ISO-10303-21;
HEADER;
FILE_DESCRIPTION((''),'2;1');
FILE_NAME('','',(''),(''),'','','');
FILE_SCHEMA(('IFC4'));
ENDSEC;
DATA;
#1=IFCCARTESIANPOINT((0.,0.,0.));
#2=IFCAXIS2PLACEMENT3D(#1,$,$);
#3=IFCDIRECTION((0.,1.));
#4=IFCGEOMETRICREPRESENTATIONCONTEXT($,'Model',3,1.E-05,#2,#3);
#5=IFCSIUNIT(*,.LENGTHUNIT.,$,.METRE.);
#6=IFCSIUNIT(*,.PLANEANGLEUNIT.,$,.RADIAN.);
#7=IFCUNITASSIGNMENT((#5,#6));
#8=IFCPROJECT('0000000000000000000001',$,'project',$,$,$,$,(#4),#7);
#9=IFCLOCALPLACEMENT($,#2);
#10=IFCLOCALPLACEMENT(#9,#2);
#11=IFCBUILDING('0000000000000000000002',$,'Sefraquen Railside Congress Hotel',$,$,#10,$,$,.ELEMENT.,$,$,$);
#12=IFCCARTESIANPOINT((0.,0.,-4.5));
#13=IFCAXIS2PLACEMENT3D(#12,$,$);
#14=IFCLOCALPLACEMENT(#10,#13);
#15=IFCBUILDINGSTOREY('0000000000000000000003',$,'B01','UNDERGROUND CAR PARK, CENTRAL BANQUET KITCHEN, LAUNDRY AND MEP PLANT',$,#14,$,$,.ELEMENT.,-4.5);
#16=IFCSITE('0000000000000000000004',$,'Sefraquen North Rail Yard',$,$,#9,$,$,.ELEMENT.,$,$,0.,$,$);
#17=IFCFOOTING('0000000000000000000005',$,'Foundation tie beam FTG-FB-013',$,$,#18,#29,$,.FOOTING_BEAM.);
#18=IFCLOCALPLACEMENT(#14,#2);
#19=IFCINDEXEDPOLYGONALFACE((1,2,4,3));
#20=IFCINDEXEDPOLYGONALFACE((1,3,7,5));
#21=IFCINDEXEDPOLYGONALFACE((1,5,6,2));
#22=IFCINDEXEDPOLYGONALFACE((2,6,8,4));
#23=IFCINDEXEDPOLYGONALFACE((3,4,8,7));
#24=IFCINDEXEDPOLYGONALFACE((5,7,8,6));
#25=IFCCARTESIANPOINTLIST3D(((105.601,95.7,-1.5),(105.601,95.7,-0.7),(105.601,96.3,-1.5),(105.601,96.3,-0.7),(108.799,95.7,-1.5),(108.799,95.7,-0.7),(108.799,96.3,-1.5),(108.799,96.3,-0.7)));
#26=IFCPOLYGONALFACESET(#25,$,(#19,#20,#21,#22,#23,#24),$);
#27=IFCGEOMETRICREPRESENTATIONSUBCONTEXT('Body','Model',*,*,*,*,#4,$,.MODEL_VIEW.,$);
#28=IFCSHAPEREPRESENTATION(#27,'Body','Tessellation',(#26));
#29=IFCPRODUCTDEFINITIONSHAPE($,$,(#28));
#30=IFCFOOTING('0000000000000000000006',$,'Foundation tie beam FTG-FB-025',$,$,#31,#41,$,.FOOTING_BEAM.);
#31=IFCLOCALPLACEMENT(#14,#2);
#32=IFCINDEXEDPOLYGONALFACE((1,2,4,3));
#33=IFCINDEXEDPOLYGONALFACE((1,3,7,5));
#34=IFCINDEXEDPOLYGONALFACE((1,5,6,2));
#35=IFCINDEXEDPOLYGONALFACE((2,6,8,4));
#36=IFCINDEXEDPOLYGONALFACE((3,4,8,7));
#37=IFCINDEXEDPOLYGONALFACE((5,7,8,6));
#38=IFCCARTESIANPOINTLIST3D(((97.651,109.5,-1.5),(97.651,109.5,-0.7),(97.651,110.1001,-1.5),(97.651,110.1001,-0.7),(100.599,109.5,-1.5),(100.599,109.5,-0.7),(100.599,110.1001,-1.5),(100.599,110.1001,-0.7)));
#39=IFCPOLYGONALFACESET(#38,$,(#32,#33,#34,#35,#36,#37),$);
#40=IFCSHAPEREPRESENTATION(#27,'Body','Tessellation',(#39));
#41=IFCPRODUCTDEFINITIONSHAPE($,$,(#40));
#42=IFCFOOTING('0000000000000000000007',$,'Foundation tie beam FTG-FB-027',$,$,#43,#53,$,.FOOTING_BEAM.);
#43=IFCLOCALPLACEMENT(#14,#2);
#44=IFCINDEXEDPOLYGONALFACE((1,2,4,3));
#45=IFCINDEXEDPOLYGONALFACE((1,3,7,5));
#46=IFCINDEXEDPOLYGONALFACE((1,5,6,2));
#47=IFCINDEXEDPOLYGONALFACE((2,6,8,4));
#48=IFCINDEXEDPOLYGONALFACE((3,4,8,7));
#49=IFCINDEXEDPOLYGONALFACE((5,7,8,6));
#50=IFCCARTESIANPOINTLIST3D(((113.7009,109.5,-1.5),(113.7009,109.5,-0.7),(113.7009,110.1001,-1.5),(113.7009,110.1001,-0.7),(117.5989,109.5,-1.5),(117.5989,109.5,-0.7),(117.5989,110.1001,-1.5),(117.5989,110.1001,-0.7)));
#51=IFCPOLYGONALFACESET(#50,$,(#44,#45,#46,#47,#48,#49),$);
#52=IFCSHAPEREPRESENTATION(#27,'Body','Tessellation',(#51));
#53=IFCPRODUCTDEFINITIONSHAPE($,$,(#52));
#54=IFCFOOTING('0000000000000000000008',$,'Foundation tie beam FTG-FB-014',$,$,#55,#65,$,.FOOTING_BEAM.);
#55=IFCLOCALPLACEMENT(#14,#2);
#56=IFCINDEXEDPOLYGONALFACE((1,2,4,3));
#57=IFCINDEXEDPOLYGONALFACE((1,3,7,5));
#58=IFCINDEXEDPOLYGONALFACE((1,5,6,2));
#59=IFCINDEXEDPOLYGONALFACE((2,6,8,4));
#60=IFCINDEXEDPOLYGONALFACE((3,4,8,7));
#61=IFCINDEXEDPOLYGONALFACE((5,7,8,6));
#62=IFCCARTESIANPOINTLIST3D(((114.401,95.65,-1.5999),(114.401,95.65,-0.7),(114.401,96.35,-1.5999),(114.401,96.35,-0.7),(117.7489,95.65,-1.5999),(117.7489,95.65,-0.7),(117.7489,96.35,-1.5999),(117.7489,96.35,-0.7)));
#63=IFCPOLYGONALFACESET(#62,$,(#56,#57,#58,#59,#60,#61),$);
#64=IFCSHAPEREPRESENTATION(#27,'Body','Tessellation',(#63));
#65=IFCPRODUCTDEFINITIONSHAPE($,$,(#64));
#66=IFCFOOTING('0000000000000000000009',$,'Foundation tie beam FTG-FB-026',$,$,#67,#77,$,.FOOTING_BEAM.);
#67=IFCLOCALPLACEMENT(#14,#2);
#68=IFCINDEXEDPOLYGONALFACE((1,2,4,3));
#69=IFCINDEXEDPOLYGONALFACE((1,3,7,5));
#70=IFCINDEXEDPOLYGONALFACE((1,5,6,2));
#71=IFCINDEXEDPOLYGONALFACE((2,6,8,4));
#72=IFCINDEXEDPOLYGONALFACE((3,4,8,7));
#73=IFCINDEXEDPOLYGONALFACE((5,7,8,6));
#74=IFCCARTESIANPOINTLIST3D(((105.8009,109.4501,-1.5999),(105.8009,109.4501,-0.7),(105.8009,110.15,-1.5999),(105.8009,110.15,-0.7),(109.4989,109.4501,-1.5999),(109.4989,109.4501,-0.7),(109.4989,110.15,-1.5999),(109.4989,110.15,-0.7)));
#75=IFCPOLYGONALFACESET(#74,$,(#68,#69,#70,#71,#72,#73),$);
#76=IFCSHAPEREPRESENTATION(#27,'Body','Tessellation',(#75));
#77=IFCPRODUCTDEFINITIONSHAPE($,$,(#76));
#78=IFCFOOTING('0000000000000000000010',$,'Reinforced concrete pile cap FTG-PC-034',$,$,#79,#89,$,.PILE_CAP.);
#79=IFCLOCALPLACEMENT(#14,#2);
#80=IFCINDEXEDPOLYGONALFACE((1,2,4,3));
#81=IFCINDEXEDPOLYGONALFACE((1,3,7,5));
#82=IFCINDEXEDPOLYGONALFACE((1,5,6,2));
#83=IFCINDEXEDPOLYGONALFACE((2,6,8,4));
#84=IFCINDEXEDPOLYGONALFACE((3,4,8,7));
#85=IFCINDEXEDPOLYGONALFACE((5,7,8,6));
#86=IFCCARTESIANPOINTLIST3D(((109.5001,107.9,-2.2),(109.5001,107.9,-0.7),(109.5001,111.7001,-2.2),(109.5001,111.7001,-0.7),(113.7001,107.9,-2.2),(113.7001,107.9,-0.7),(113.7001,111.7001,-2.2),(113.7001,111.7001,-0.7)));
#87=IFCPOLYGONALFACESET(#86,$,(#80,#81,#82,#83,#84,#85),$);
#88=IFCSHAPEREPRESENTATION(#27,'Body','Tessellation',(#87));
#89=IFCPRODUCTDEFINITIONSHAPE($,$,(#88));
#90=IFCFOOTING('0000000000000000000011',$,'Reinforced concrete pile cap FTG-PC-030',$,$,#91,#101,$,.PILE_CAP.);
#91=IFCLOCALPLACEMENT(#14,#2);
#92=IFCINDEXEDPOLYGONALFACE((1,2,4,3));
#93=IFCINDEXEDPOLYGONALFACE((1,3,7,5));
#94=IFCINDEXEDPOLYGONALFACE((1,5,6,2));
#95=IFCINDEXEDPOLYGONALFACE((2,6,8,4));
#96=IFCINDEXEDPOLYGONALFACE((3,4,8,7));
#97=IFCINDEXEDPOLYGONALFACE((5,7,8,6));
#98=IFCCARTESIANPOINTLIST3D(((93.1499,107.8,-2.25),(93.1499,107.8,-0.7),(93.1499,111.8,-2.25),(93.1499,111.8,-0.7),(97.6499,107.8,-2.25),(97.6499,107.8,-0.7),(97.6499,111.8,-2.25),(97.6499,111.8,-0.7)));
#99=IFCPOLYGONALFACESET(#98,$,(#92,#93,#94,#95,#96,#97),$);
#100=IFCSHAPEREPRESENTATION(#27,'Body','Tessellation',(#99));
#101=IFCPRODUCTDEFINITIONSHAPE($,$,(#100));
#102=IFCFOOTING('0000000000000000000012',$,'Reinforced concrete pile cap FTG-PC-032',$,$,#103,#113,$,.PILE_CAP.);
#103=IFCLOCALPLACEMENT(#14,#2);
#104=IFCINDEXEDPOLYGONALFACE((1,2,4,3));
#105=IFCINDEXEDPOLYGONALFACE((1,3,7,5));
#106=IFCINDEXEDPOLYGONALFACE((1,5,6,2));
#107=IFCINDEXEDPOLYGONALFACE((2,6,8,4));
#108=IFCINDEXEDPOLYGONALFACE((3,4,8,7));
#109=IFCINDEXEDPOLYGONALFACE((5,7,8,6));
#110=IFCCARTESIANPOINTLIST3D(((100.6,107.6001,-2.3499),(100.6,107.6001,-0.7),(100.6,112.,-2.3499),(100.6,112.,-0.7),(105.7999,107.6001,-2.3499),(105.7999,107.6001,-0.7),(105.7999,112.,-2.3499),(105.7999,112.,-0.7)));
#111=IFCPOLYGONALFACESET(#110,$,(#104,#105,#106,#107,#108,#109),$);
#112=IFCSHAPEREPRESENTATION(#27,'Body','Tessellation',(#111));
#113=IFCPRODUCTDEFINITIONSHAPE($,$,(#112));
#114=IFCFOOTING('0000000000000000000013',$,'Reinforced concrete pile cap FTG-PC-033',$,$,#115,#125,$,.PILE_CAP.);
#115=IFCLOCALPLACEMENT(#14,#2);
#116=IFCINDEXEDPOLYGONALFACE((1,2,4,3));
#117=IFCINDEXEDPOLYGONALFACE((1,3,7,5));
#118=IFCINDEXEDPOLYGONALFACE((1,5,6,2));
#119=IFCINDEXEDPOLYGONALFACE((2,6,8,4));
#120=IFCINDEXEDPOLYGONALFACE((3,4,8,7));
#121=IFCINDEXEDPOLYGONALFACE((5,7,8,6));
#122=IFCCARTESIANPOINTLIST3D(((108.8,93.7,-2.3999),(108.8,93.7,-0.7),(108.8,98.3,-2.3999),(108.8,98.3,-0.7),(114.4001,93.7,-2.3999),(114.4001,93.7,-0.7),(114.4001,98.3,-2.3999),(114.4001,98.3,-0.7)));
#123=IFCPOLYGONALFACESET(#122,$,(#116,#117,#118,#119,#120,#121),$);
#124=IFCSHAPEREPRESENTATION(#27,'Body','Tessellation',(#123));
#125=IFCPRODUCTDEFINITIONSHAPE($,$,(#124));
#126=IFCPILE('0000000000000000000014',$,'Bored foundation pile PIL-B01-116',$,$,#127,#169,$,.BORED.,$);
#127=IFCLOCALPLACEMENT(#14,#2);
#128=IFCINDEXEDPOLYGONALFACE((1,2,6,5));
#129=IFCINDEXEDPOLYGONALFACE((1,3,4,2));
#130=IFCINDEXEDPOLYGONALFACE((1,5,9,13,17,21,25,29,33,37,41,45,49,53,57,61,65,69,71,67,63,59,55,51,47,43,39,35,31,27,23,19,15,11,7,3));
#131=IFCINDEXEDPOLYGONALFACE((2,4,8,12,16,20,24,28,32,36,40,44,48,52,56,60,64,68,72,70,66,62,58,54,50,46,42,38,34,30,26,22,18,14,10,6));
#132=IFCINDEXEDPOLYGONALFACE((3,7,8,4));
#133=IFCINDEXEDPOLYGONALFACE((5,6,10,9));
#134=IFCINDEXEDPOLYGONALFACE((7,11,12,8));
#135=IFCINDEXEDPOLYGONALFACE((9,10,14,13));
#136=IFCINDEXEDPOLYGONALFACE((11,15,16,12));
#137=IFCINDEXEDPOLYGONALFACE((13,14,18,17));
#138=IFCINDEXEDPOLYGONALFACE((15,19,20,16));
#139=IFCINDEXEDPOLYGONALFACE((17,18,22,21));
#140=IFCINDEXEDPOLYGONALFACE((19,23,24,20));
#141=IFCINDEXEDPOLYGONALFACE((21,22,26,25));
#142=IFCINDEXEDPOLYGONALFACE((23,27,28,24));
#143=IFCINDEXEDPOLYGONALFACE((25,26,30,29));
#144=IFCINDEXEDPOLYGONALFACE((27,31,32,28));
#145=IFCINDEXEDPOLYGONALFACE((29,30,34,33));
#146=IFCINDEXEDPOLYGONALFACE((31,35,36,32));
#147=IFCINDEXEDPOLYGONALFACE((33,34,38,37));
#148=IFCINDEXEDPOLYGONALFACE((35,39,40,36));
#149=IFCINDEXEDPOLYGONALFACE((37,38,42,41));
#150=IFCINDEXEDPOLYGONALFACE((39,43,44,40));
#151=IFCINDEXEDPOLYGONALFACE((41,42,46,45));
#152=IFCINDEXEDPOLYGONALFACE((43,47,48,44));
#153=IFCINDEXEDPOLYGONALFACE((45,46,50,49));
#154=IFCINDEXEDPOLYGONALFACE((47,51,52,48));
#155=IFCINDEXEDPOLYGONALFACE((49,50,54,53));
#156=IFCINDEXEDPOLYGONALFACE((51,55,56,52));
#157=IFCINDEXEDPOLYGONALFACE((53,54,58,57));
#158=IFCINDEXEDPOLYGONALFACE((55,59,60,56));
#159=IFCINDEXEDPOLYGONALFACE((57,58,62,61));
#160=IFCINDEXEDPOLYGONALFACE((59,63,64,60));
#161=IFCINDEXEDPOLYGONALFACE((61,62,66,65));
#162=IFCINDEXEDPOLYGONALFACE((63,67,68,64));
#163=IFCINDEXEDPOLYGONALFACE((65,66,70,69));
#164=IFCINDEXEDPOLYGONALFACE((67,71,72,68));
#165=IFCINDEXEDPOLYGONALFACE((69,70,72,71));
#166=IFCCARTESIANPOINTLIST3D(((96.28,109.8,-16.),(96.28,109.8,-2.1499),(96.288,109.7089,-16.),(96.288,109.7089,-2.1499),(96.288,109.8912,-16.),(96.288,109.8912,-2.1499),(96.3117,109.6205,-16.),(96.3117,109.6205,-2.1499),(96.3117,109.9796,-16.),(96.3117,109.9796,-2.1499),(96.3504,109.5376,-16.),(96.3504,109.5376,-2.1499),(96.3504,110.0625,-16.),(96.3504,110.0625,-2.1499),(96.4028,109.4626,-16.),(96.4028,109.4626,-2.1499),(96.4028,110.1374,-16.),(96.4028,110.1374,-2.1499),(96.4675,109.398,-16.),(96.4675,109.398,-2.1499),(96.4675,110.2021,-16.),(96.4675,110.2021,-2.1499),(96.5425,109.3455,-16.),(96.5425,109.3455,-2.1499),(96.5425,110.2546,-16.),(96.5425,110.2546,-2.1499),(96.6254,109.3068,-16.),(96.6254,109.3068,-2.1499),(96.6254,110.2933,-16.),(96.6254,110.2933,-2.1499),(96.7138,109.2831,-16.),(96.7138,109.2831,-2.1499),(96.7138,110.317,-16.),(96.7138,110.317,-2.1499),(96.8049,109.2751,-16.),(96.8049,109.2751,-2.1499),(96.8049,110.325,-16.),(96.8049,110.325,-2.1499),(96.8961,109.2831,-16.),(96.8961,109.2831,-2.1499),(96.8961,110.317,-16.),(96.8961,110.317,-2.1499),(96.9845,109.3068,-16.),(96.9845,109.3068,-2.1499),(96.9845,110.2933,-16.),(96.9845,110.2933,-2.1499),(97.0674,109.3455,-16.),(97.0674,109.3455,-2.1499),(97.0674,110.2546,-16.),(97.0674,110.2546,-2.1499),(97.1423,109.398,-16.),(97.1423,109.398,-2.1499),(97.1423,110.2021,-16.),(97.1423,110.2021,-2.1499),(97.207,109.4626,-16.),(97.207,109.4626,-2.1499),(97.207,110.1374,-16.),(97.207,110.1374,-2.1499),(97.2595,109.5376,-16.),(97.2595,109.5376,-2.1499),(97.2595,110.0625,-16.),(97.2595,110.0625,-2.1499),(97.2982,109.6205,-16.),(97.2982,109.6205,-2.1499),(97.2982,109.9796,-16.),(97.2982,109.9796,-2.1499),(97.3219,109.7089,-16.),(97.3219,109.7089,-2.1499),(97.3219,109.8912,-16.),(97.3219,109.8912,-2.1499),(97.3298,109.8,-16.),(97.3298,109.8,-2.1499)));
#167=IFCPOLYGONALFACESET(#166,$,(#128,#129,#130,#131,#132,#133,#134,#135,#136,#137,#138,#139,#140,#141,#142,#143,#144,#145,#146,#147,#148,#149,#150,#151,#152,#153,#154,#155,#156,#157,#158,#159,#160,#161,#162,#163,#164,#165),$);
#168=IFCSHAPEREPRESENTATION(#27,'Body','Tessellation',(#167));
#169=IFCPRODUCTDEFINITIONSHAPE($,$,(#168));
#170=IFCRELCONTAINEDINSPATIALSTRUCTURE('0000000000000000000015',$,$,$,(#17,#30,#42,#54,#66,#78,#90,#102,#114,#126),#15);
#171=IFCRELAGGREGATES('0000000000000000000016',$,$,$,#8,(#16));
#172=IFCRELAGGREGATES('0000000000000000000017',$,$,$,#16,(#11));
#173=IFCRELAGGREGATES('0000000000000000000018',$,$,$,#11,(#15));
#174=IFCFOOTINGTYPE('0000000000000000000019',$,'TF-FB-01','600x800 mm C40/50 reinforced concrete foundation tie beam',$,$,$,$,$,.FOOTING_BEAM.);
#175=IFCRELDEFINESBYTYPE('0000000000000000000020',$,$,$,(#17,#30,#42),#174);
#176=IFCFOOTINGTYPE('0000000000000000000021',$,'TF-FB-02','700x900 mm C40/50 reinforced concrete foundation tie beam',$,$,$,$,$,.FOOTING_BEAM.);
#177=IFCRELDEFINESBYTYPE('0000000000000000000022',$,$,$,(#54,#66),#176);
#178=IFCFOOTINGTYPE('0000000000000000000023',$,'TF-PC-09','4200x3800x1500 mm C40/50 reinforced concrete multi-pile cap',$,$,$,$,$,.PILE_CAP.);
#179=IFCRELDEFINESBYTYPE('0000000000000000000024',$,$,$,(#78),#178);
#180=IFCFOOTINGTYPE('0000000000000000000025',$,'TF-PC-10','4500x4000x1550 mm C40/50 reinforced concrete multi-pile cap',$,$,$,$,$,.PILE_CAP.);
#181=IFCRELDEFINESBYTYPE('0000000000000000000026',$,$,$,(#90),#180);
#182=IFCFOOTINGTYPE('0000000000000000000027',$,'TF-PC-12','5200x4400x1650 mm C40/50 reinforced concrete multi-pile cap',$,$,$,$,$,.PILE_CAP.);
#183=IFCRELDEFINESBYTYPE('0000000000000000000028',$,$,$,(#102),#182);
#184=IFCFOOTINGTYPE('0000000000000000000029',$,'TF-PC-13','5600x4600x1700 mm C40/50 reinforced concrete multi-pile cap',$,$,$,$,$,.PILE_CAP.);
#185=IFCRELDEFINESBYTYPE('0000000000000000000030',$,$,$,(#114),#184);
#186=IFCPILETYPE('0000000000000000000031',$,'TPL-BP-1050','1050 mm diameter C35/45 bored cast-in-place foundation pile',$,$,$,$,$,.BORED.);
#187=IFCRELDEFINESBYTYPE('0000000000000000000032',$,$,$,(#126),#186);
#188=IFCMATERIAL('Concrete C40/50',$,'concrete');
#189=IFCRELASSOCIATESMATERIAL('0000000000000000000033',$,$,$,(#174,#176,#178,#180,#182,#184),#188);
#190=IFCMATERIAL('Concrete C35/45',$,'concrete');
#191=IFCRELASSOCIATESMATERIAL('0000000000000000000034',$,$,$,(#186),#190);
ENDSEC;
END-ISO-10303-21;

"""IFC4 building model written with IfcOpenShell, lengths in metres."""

from ifc_helpers import new_model, si_unit, direction, frame, origin, origin_2d, place, context, subcontext, project, spatial, rectangle, circle, extrude, material, material_profile, profile_set, type_object, element, save


model = new_model("IFC4")

# Units and contexts
model_context = context("Model", 3, precision=1e-05, world=origin(), true_north=direction((0.0, 1.0)))
body_context = subcontext(model_context, "Body", "Model", "MODEL_VIEW")
ifc_project = project(units=[si_unit("LENGTHUNIT", "METRE"), si_unit("PLANEANGLEUNIT", "RADIAN")], contexts=[model_context])

# Site, building, storey
site_placement = place(None, origin())
site = spatial("IfcSite", under=ifc_project, at=site_placement, Name="Sefraquen North Rail Yard", CompositionType="ELEMENT", RefElevation=0.0)
building_placement = place(site_placement, origin())
building = spatial("IfcBuilding", under=site, at=building_placement, Name="Sefraquen Railside Congress Hotel", CompositionType="ELEMENT")
storey_placement = place(building_placement, frame((0.0, 0.0, -4.5)))
storey = spatial("IfcBuildingStorey", under=building, at=storey_placement, Name="B01", Description="UNDERGROUND CAR PARK, CENTRAL BANQUET KITCHEN, LAUNDRY AND MEP PLANT", CompositionType="ELEMENT", Elevation=-4.5)

# Footings
ifc_material_1 = material(Name="Concrete C40/50", Category="concrete")
footing_type_1 = type_object("IfcFootingType", Name="TF-FB-01", Description="600x800 mm C40/50 reinforced concrete foundation tie beam", PredefinedType="FOOTING_BEAM", material=ifc_material_1)
footing_1_placement = place(storey_placement, frame((107.2, 96.0, -1.5), z_axis=(0.0, 0.0, 1.0), x_axis=(1.0, 0.0, 0.0)))
element("IfcFooting", 1, at=footing_1_placement, inside=storey, type_object=footing_type_1, Name="Foundation tie beam FTG-FB-013", PredefinedType="FOOTING_BEAM", context=body_context, shape_type="SweptSolid", body=[
    extrude(rectangle(XDim=3.198, YDim=0.6001, at=origin_2d()), origin(), (0.0, 0.0, 1.0), 0.8),
])
footing_2_placement = place(storey_placement, frame((99.125, 109.8, -1.5), z_axis=(0.0, 0.0, 1.0), x_axis=(1.0, 0.0, 0.0)))
element("IfcFooting", 2, at=footing_2_placement, inside=storey, type_object=footing_type_1, Name="Foundation tie beam FTG-FB-025", PredefinedType="FOOTING_BEAM", context=body_context, shape_type="SweptSolid", body=[
    extrude(rectangle(XDim=2.948, YDim=0.6001, at=origin_2d()), origin(), (0.0, 0.0, 1.0), 0.8),
])
footing_3_placement = place(storey_placement, frame((115.6499, 109.8, -1.5), z_axis=(0.0, 0.0, 1.0), x_axis=(1.0, 0.0, 0.0)))
element("IfcFooting", 3, at=footing_3_placement, inside=storey, type_object=footing_type_1, Name="Foundation tie beam FTG-FB-027", PredefinedType="FOOTING_BEAM", context=body_context, shape_type="SweptSolid", body=[
    extrude(rectangle(XDim=3.8979, YDim=0.6001, at=origin_2d()), origin(), (0.0, 0.0, 1.0), 0.8),
])
footing_type_2 = type_object("IfcFootingType", Name="TF-FB-02", Description="700x900 mm C40/50 reinforced concrete foundation tie beam", PredefinedType="FOOTING_BEAM", material=ifc_material_1)
footing_4_placement = place(storey_placement, frame((116.075, 96.0, -1.5999), z_axis=(0.0, 0.0, 1.0), x_axis=(1.0, 0.0, 0.0)))
element("IfcFooting", 4, at=footing_4_placement, inside=storey, type_object=footing_type_2, Name="Foundation tie beam FTG-FB-014", PredefinedType="FOOTING_BEAM", context=body_context, shape_type="SweptSolid", body=[
    extrude(rectangle(XDim=3.3479, YDim=0.7, at=origin_2d()), origin(), (0.0, 0.0, 1.0), 0.8999),
])
footing_5_placement = place(storey_placement, frame((107.6499, 109.8, -1.5999), z_axis=(0.0, 0.0, 1.0), x_axis=(1.0, 0.0, 0.0)))
element("IfcFooting", 5, at=footing_5_placement, inside=storey, type_object=footing_type_2, Name="Foundation tie beam FTG-FB-026", PredefinedType="FOOTING_BEAM", context=body_context, shape_type="SweptSolid", body=[
    extrude(rectangle(XDim=3.698, YDim=0.7, at=origin_2d()), origin(), (0.0, 0.0, 1.0), 0.8999),
])
footing_type_3 = type_object("IfcFootingType", Name="TF-PC-09", Description="4200x3800x1500 mm C40/50 reinforced concrete multi-pile cap", PredefinedType="PILE_CAP", material=ifc_material_1)
footing_6_placement = place(storey_placement, frame((111.6001, 109.8, -2.2), z_axis=(0.0, 0.0, 1.0), x_axis=(1.0, 0.0, 0.0)))
element("IfcFooting", 6, at=footing_6_placement, inside=storey, type_object=footing_type_3, Name="Reinforced concrete pile cap FTG-PC-034", PredefinedType="PILE_CAP", context=body_context, shape_type="SweptSolid", body=[
    extrude(rectangle(XDim=4.2, YDim=3.8, at=origin_2d()), origin(), (0.0, 0.0, 1.0), 1.5),
])
footing_type_4 = type_object("IfcFootingType", Name="TF-PC-10", Description="4500x4000x1550 mm C40/50 reinforced concrete multi-pile cap", PredefinedType="PILE_CAP", material=ifc_material_1)
footing_7_placement = place(storey_placement, frame((95.3999, 109.8, -2.25), z_axis=(0.0, 0.0, 1.0), x_axis=(1.0, 0.0, 0.0)))
element("IfcFooting", 7, at=footing_7_placement, inside=storey, type_object=footing_type_4, Name="Reinforced concrete pile cap FTG-PC-030", PredefinedType="PILE_CAP", context=body_context, shape_type="SweptSolid", body=[
    extrude(rectangle(XDim=4.5, YDim=4.0, at=origin_2d()), origin(), (0.0, 0.0, 1.0), 1.55),
])
footing_type_5 = type_object("IfcFootingType", Name="TF-PC-12", Description="5200x4400x1650 mm C40/50 reinforced concrete multi-pile cap", PredefinedType="PILE_CAP", material=ifc_material_1)
footing_8_placement = place(storey_placement, frame((103.2, 109.8, -2.3499), z_axis=(0.0, 0.0, 1.0), x_axis=(1.0, 0.0, 0.0)))
element("IfcFooting", 8, at=footing_8_placement, inside=storey, type_object=footing_type_5, Name="Reinforced concrete pile cap FTG-PC-032", PredefinedType="PILE_CAP", context=body_context, shape_type="SweptSolid", body=[
    extrude(rectangle(XDim=5.2, YDim=4.3999, at=origin_2d()), origin(), (0.0, 0.0, 1.0), 1.6499),
])
footing_type_6 = type_object("IfcFootingType", Name="TF-PC-13", Description="5600x4600x1700 mm C40/50 reinforced concrete multi-pile cap", PredefinedType="PILE_CAP", material=ifc_material_1)
footing_9_placement = place(storey_placement, frame((111.6001, 96.0, -2.3999), z_axis=(0.0, 0.0, 1.0), x_axis=(1.0, 0.0, 0.0)))
element("IfcFooting", 9, at=footing_9_placement, inside=storey, type_object=footing_type_6, Name="Reinforced concrete pile cap FTG-PC-033", PredefinedType="PILE_CAP", context=body_context, shape_type="SweptSolid", body=[
    extrude(rectangle(XDim=5.6001, YDim=4.6001, at=origin_2d()), origin(), (0.0, 0.0, 1.0), 1.7),
])

# Pile
ifc_material_2 = material(Name="Concrete C35/45", Category="concrete")
ifc_material_profile_1 = material_profile(ifc_material_2, circle(Radius=0.5249, at=origin_2d()), Name="BORED PILE 1050")
ifc_profile_set_1 = profile_set([ifc_material_profile_1], Name="Concrete C35/45")
pile_type_1 = type_object("IfcPileType", Name="TPL-BP-1050", Description="1050 mm diameter C35/45 bored cast-in-place foundation pile", PredefinedType="BORED", material=ifc_profile_set_1)
pile_1_placement = place(storey_placement, frame((96.8049, 109.8, -2.1499), z_axis=(0.0, 0.0, -1.0), x_axis=(1.0, 0.0, 0.0)))
element("IfcPile", 10, at=pile_1_placement, inside=storey, type_object=pile_type_1, Name="Bored foundation pile PIL-B01-116", PredefinedType="BORED", context=body_context, shape_type="SweptSolid", body=[
    extrude(circle(Radius=0.5249, at=origin_2d()), origin(), (0.0, 0.0, 1.0), 13.8501),
])

save(model, "model.ifc")
